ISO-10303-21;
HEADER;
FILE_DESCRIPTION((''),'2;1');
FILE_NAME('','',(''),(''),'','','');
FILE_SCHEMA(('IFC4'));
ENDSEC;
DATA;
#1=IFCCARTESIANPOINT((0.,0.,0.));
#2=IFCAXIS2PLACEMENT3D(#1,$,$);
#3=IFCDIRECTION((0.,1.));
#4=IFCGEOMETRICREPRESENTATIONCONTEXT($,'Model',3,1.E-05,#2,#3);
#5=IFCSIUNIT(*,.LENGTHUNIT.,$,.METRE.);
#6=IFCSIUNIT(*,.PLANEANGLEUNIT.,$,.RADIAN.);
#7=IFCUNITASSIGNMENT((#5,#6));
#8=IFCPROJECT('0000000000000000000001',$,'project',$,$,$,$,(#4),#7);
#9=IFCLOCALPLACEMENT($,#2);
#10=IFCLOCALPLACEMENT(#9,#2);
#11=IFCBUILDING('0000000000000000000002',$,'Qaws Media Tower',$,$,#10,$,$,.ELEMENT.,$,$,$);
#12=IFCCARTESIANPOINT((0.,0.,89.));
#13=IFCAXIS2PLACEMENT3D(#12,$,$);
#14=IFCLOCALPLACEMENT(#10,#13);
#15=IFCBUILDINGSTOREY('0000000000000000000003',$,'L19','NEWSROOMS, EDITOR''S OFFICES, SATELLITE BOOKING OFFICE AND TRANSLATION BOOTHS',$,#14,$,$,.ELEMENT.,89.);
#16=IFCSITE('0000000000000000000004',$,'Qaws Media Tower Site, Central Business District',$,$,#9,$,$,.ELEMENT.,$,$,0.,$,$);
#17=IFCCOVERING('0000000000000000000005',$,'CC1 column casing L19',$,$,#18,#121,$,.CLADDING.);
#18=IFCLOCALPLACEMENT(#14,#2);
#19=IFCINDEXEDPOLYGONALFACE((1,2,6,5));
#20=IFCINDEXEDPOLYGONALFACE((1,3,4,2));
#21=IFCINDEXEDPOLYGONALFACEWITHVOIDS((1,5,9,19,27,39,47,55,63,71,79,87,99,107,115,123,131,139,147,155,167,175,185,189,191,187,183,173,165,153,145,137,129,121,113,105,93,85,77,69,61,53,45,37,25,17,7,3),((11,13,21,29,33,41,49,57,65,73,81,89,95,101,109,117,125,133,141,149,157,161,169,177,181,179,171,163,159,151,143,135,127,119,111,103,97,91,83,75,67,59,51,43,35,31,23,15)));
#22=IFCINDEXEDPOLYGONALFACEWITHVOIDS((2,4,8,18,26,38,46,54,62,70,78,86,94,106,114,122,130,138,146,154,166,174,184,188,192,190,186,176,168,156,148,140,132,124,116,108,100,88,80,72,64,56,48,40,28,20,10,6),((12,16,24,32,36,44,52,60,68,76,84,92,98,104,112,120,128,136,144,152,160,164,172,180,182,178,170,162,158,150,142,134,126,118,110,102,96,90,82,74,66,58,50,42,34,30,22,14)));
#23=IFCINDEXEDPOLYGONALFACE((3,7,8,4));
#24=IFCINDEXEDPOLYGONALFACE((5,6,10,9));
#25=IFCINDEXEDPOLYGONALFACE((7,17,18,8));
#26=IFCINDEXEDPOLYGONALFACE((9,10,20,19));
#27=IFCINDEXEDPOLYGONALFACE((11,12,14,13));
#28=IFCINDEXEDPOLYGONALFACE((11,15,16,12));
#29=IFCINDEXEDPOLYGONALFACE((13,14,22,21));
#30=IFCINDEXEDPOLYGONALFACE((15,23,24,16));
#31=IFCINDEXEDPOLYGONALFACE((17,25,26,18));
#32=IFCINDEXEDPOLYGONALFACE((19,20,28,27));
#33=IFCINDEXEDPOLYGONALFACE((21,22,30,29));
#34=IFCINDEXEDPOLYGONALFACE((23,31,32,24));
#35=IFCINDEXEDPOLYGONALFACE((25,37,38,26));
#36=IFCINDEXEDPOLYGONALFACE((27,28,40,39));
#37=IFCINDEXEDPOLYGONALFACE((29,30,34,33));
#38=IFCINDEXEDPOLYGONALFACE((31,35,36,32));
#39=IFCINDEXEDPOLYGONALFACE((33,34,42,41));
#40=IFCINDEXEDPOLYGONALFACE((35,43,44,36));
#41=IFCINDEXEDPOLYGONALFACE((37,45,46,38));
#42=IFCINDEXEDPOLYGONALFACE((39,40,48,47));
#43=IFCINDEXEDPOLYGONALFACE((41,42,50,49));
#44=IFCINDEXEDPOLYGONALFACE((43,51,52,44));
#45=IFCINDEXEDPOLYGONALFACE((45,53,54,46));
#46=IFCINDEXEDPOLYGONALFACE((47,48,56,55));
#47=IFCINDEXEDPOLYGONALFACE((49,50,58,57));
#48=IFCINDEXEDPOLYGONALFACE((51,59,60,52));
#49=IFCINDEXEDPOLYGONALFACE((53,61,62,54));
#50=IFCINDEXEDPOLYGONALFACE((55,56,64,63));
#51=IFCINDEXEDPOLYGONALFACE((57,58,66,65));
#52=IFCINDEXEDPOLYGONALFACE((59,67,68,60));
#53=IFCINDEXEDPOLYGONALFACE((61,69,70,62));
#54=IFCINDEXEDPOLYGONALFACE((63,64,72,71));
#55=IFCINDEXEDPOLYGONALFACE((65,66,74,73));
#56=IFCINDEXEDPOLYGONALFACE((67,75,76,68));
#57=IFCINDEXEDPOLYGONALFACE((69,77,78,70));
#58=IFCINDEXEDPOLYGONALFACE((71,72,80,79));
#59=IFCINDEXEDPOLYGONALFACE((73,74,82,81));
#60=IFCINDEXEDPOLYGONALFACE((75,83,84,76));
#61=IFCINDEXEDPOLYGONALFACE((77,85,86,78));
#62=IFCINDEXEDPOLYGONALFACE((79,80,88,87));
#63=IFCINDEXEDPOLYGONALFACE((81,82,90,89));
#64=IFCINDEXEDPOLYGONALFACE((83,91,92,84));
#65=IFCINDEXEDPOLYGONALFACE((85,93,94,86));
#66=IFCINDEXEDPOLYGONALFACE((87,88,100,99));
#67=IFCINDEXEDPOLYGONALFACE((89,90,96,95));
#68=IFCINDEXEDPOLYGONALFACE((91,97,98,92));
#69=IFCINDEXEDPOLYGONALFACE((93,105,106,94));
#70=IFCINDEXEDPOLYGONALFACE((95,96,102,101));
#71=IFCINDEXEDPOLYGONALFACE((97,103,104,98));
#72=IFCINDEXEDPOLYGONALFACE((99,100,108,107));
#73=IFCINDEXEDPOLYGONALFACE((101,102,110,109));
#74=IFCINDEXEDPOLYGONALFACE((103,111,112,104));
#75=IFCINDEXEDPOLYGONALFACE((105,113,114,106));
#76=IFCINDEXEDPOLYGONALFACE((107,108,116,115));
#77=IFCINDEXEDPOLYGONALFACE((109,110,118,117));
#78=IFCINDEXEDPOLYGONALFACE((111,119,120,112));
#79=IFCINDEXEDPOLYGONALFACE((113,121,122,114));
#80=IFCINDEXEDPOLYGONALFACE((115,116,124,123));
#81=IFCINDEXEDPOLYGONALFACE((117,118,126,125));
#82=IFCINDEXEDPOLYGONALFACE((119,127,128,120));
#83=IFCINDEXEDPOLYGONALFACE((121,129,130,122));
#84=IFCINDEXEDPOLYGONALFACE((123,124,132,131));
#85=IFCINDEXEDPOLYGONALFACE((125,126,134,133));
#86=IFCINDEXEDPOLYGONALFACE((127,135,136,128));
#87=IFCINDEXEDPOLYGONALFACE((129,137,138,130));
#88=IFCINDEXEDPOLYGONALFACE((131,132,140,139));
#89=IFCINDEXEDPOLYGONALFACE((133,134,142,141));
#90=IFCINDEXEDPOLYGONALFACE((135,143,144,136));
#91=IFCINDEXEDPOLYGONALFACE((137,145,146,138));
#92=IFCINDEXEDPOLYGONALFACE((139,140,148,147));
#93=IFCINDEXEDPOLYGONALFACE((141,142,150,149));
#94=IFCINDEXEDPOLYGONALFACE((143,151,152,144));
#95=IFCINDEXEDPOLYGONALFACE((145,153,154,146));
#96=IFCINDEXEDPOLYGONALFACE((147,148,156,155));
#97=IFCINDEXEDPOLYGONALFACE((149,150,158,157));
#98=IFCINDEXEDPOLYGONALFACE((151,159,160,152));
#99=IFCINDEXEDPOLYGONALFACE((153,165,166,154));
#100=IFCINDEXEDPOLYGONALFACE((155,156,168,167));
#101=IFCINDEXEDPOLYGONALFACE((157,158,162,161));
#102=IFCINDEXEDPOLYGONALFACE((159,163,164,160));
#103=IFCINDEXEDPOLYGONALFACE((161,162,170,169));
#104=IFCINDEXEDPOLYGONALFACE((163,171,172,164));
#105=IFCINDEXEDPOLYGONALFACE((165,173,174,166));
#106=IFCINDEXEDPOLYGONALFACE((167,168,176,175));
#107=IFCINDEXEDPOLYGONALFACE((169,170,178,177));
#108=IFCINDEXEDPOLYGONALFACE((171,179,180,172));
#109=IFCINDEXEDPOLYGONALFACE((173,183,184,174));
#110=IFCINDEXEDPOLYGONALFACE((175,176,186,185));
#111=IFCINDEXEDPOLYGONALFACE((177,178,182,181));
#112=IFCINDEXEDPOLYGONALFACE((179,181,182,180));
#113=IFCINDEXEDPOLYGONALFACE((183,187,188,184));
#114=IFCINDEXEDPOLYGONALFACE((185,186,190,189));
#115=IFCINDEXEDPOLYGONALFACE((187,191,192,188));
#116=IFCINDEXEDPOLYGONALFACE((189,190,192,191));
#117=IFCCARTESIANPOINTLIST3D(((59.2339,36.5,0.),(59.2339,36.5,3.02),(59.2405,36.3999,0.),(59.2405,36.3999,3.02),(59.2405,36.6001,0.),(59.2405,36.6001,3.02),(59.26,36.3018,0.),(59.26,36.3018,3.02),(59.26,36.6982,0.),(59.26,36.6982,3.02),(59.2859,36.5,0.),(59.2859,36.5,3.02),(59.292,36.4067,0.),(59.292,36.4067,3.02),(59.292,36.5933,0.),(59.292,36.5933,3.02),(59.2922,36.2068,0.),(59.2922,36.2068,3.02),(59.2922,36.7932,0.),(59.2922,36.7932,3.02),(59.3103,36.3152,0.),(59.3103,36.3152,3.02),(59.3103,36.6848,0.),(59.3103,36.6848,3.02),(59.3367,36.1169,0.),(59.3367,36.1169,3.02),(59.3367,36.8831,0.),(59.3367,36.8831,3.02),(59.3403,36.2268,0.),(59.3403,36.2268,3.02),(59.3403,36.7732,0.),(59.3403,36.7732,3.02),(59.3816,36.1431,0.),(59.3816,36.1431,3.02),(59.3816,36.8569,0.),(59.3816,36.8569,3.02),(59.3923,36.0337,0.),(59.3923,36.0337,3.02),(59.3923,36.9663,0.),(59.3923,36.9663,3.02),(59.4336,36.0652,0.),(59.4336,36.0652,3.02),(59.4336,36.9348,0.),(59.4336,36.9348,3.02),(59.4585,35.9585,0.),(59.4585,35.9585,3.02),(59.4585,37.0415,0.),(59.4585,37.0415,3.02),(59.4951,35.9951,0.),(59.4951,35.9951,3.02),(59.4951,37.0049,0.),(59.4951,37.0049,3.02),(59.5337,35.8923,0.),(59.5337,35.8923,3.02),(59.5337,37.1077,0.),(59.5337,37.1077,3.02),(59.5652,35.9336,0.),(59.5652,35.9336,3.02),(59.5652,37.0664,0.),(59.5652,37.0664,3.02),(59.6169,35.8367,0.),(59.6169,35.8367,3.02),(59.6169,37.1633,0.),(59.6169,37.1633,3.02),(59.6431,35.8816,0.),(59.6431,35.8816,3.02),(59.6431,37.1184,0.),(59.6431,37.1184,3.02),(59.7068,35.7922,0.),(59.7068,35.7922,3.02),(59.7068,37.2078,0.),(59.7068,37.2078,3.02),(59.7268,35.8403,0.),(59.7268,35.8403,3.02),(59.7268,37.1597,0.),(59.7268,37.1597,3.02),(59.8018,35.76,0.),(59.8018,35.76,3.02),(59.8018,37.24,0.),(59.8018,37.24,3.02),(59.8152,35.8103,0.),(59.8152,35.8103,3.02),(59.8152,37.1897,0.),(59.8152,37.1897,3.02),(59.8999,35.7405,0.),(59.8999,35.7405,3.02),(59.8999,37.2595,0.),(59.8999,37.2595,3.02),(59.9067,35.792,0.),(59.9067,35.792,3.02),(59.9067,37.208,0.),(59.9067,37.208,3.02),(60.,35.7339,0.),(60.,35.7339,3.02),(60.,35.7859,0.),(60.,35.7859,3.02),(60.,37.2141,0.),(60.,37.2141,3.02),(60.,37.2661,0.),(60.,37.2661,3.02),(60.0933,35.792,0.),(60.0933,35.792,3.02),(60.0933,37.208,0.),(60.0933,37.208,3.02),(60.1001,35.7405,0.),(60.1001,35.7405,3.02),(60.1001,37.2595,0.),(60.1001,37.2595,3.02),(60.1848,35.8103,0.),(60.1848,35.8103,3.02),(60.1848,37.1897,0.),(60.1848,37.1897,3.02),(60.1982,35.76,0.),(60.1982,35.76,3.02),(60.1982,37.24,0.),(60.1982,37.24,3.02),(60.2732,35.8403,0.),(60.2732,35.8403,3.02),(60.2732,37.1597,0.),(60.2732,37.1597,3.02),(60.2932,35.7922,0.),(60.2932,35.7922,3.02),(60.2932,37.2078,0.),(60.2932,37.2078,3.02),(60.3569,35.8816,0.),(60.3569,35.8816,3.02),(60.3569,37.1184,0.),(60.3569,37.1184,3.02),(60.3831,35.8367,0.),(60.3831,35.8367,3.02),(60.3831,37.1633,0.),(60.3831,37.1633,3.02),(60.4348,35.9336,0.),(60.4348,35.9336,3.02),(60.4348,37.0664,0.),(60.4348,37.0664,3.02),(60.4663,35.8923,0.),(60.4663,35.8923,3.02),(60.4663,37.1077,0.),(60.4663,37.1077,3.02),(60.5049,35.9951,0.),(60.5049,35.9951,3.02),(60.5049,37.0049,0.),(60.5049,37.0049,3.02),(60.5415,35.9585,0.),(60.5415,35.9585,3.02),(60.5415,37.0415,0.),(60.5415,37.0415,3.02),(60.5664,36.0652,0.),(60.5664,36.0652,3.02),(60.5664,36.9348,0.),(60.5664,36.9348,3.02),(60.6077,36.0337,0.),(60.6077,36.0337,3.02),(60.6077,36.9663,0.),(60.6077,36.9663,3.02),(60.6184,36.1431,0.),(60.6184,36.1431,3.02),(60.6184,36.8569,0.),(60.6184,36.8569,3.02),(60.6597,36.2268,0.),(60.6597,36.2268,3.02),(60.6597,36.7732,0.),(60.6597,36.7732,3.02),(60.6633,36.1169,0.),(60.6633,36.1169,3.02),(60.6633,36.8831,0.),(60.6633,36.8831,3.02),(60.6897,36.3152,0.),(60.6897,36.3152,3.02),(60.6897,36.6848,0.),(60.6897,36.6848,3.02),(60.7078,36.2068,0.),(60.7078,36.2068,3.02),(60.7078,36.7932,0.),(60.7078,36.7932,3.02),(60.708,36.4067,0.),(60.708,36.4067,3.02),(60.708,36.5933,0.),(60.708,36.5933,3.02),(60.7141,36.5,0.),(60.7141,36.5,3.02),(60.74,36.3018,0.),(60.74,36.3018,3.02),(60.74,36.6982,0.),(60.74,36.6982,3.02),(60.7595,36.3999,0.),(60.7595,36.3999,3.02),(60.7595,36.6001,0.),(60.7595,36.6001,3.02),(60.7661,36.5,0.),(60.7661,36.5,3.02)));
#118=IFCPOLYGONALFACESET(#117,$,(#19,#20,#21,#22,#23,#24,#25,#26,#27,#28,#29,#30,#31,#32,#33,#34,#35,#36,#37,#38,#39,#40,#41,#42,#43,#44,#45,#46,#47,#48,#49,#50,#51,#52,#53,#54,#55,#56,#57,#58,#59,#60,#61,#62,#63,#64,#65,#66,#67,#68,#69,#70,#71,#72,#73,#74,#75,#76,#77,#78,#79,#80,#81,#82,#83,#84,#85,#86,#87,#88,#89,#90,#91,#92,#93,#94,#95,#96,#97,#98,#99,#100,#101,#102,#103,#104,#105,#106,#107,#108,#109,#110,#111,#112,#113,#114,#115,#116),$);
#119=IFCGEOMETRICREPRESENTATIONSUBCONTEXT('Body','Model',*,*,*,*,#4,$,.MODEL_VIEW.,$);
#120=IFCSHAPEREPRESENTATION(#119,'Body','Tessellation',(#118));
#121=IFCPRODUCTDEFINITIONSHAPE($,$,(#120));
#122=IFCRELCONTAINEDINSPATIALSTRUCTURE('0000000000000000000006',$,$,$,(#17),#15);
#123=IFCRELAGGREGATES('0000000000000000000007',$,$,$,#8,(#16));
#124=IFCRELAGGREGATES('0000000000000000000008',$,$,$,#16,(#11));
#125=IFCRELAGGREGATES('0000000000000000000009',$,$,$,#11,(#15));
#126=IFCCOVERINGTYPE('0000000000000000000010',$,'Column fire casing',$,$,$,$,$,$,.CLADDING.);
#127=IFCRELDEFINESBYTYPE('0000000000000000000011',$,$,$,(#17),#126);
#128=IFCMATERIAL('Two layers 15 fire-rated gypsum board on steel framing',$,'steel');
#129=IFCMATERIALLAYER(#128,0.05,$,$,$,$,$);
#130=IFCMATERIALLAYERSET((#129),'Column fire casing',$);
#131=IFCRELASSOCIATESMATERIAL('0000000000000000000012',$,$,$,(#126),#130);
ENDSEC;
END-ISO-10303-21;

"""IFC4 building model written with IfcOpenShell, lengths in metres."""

from ifc_helpers import new_model, si_unit, direction, frame, origin, place, context, subcontext, project, spatial, polyline, outline, extrude, material, layer, layer_set, type_object, element, save


model = new_model("IFC4")

# Units and contexts
model_context = context("Model", 3, precision=1e-05, world=origin(), true_north=direction((0.0, 1.0)))
body_context = subcontext(model_context, "Body", "Model", "MODEL_VIEW")
ifc_project = project(units=[si_unit("LENGTHUNIT", "METRE"), si_unit("PLANEANGLEUNIT", "RADIAN")], contexts=[model_context])

# Site, building, storey
site_placement = place(None, origin())
site = spatial("IfcSite", under=ifc_project, at=site_placement, Name="Qaws Media Tower Site, Central Business District", CompositionType="ELEMENT", RefElevation=0.0)
building_placement = place(site_placement, origin())
building = spatial("IfcBuilding", under=site, at=building_placement, Name="Qaws Media Tower", CompositionType="ELEMENT")
storey_placement = place(building_placement, frame((0.0, 0.0, 89.0)))
storey = spatial("IfcBuildingStorey", under=building, at=storey_placement, Name="L19", Description="NEWSROOMS, EDITOR'S OFFICES, SATELLITE BOOKING OFFICE AND TRANSLATION BOOTHS", CompositionType="ELEMENT", Elevation=89.0)

# Covering
ifc_material_1 = material(Name="Two layers 15 fire-rated gypsum board on steel framing", Category="steel")
ifc_layer_1 = layer(ifc_material_1, 0.05)
ifc_layer_set_1 = layer_set([ifc_layer_1], Name="Column fire casing")
covering_type = type_object("IfcCoveringType", Name="Column fire casing", PredefinedType="CLADDING", material=ifc_layer_set_1)
covering_1_placement = place(storey_placement, origin())
element("IfcCovering", 1, at=covering_1_placement, inside=storey, type_object=covering_type, Name="CC1 column casing L19", PredefinedType="CLADDING", context=body_context, shape_type="SweptSolid", body=[
    extrude(outline(polyline([(60.7661, 36.5), (60.7595, 36.3999), (60.74, 36.3018), (60.7078, 36.2068), (60.6633, 36.1169), (60.6077, 36.0337), (60.5415, 35.9585), (60.4663, 35.8923), (60.3831, 35.8367), (60.2932, 35.7922), (60.1982, 35.76), (60.1001, 35.7405), (60.0, 35.7339), (59.8999, 35.7405), (59.8018, 35.76), (59.7068, 35.7922), (59.6169, 35.8367), (59.5337, 35.8923), (59.4585, 35.9585), (59.3923, 36.0337), (59.3367, 36.1169), (59.2922, 36.2068), (59.26, 36.3018), (59.2405, 36.3999), (59.2339, 36.5), (59.2405, 36.6001), (59.26, 36.6982), (59.2922, 36.7932), (59.3367, 36.8831), (59.3923, 36.9663), (59.4585, 37.0415), (59.5337, 37.1077), (59.6169, 37.1633), (59.7068, 37.2078), (59.8018, 37.24), (59.8999, 37.2595), (60.0, 37.2661), (60.1001, 37.2595), (60.1982, 37.24), (60.2932, 37.2078), (60.3831, 37.1633), (60.4663, 37.1077), (60.5415, 37.0415), (60.6077, 36.9663), (60.6633, 36.8831), (60.7078, 36.7932), (60.74, 36.6982), (60.7595, 36.6001), (60.7661, 36.5)]), holes=[polyline([(60.7141, 36.5), (60.708, 36.4067), (60.6897, 36.3152), (60.6597, 36.2268), (60.6184, 36.1431), (60.5664, 36.0652), (60.5049, 35.9951), (60.4348, 35.9336), (60.3569, 35.8816), (60.2732, 35.8403), (60.1848, 35.8103), (60.0933, 35.792), (60.0, 35.7859), (59.9067, 35.792), (59.8152, 35.8103), (59.7268, 35.8403), (59.6431, 35.8816), (59.5652, 35.9336), (59.4951, 35.9951), (59.4336, 36.0652), (59.3816, 36.1431), (59.3403, 36.2268), (59.3103, 36.3152), (59.292, 36.4067), (59.2859, 36.5), (59.292, 36.5933), (59.3103, 36.6848), (59.3403, 36.7732), (59.3816, 36.8569), (59.4336, 36.9348), (59.4951, 37.0049), (59.5652, 37.0664), (59.6431, 37.1184), (59.7268, 37.1597), (59.8152, 37.1897), (59.9067, 37.208), (60.0, 37.2141), (60.0933, 37.208), (60.1848, 37.1897), (60.2732, 37.1597), (60.3569, 37.1184), (60.4348, 37.0664), (60.5049, 37.0049), (60.5664, 36.9348), (60.6184, 36.8569), (60.6597, 36.7732), (60.6897, 36.6848), (60.708, 36.5933), (60.7141, 36.5)])]), origin(), (0.0, 0.0, 1.0), 3.02),
])

save(model, "model.ifc")
